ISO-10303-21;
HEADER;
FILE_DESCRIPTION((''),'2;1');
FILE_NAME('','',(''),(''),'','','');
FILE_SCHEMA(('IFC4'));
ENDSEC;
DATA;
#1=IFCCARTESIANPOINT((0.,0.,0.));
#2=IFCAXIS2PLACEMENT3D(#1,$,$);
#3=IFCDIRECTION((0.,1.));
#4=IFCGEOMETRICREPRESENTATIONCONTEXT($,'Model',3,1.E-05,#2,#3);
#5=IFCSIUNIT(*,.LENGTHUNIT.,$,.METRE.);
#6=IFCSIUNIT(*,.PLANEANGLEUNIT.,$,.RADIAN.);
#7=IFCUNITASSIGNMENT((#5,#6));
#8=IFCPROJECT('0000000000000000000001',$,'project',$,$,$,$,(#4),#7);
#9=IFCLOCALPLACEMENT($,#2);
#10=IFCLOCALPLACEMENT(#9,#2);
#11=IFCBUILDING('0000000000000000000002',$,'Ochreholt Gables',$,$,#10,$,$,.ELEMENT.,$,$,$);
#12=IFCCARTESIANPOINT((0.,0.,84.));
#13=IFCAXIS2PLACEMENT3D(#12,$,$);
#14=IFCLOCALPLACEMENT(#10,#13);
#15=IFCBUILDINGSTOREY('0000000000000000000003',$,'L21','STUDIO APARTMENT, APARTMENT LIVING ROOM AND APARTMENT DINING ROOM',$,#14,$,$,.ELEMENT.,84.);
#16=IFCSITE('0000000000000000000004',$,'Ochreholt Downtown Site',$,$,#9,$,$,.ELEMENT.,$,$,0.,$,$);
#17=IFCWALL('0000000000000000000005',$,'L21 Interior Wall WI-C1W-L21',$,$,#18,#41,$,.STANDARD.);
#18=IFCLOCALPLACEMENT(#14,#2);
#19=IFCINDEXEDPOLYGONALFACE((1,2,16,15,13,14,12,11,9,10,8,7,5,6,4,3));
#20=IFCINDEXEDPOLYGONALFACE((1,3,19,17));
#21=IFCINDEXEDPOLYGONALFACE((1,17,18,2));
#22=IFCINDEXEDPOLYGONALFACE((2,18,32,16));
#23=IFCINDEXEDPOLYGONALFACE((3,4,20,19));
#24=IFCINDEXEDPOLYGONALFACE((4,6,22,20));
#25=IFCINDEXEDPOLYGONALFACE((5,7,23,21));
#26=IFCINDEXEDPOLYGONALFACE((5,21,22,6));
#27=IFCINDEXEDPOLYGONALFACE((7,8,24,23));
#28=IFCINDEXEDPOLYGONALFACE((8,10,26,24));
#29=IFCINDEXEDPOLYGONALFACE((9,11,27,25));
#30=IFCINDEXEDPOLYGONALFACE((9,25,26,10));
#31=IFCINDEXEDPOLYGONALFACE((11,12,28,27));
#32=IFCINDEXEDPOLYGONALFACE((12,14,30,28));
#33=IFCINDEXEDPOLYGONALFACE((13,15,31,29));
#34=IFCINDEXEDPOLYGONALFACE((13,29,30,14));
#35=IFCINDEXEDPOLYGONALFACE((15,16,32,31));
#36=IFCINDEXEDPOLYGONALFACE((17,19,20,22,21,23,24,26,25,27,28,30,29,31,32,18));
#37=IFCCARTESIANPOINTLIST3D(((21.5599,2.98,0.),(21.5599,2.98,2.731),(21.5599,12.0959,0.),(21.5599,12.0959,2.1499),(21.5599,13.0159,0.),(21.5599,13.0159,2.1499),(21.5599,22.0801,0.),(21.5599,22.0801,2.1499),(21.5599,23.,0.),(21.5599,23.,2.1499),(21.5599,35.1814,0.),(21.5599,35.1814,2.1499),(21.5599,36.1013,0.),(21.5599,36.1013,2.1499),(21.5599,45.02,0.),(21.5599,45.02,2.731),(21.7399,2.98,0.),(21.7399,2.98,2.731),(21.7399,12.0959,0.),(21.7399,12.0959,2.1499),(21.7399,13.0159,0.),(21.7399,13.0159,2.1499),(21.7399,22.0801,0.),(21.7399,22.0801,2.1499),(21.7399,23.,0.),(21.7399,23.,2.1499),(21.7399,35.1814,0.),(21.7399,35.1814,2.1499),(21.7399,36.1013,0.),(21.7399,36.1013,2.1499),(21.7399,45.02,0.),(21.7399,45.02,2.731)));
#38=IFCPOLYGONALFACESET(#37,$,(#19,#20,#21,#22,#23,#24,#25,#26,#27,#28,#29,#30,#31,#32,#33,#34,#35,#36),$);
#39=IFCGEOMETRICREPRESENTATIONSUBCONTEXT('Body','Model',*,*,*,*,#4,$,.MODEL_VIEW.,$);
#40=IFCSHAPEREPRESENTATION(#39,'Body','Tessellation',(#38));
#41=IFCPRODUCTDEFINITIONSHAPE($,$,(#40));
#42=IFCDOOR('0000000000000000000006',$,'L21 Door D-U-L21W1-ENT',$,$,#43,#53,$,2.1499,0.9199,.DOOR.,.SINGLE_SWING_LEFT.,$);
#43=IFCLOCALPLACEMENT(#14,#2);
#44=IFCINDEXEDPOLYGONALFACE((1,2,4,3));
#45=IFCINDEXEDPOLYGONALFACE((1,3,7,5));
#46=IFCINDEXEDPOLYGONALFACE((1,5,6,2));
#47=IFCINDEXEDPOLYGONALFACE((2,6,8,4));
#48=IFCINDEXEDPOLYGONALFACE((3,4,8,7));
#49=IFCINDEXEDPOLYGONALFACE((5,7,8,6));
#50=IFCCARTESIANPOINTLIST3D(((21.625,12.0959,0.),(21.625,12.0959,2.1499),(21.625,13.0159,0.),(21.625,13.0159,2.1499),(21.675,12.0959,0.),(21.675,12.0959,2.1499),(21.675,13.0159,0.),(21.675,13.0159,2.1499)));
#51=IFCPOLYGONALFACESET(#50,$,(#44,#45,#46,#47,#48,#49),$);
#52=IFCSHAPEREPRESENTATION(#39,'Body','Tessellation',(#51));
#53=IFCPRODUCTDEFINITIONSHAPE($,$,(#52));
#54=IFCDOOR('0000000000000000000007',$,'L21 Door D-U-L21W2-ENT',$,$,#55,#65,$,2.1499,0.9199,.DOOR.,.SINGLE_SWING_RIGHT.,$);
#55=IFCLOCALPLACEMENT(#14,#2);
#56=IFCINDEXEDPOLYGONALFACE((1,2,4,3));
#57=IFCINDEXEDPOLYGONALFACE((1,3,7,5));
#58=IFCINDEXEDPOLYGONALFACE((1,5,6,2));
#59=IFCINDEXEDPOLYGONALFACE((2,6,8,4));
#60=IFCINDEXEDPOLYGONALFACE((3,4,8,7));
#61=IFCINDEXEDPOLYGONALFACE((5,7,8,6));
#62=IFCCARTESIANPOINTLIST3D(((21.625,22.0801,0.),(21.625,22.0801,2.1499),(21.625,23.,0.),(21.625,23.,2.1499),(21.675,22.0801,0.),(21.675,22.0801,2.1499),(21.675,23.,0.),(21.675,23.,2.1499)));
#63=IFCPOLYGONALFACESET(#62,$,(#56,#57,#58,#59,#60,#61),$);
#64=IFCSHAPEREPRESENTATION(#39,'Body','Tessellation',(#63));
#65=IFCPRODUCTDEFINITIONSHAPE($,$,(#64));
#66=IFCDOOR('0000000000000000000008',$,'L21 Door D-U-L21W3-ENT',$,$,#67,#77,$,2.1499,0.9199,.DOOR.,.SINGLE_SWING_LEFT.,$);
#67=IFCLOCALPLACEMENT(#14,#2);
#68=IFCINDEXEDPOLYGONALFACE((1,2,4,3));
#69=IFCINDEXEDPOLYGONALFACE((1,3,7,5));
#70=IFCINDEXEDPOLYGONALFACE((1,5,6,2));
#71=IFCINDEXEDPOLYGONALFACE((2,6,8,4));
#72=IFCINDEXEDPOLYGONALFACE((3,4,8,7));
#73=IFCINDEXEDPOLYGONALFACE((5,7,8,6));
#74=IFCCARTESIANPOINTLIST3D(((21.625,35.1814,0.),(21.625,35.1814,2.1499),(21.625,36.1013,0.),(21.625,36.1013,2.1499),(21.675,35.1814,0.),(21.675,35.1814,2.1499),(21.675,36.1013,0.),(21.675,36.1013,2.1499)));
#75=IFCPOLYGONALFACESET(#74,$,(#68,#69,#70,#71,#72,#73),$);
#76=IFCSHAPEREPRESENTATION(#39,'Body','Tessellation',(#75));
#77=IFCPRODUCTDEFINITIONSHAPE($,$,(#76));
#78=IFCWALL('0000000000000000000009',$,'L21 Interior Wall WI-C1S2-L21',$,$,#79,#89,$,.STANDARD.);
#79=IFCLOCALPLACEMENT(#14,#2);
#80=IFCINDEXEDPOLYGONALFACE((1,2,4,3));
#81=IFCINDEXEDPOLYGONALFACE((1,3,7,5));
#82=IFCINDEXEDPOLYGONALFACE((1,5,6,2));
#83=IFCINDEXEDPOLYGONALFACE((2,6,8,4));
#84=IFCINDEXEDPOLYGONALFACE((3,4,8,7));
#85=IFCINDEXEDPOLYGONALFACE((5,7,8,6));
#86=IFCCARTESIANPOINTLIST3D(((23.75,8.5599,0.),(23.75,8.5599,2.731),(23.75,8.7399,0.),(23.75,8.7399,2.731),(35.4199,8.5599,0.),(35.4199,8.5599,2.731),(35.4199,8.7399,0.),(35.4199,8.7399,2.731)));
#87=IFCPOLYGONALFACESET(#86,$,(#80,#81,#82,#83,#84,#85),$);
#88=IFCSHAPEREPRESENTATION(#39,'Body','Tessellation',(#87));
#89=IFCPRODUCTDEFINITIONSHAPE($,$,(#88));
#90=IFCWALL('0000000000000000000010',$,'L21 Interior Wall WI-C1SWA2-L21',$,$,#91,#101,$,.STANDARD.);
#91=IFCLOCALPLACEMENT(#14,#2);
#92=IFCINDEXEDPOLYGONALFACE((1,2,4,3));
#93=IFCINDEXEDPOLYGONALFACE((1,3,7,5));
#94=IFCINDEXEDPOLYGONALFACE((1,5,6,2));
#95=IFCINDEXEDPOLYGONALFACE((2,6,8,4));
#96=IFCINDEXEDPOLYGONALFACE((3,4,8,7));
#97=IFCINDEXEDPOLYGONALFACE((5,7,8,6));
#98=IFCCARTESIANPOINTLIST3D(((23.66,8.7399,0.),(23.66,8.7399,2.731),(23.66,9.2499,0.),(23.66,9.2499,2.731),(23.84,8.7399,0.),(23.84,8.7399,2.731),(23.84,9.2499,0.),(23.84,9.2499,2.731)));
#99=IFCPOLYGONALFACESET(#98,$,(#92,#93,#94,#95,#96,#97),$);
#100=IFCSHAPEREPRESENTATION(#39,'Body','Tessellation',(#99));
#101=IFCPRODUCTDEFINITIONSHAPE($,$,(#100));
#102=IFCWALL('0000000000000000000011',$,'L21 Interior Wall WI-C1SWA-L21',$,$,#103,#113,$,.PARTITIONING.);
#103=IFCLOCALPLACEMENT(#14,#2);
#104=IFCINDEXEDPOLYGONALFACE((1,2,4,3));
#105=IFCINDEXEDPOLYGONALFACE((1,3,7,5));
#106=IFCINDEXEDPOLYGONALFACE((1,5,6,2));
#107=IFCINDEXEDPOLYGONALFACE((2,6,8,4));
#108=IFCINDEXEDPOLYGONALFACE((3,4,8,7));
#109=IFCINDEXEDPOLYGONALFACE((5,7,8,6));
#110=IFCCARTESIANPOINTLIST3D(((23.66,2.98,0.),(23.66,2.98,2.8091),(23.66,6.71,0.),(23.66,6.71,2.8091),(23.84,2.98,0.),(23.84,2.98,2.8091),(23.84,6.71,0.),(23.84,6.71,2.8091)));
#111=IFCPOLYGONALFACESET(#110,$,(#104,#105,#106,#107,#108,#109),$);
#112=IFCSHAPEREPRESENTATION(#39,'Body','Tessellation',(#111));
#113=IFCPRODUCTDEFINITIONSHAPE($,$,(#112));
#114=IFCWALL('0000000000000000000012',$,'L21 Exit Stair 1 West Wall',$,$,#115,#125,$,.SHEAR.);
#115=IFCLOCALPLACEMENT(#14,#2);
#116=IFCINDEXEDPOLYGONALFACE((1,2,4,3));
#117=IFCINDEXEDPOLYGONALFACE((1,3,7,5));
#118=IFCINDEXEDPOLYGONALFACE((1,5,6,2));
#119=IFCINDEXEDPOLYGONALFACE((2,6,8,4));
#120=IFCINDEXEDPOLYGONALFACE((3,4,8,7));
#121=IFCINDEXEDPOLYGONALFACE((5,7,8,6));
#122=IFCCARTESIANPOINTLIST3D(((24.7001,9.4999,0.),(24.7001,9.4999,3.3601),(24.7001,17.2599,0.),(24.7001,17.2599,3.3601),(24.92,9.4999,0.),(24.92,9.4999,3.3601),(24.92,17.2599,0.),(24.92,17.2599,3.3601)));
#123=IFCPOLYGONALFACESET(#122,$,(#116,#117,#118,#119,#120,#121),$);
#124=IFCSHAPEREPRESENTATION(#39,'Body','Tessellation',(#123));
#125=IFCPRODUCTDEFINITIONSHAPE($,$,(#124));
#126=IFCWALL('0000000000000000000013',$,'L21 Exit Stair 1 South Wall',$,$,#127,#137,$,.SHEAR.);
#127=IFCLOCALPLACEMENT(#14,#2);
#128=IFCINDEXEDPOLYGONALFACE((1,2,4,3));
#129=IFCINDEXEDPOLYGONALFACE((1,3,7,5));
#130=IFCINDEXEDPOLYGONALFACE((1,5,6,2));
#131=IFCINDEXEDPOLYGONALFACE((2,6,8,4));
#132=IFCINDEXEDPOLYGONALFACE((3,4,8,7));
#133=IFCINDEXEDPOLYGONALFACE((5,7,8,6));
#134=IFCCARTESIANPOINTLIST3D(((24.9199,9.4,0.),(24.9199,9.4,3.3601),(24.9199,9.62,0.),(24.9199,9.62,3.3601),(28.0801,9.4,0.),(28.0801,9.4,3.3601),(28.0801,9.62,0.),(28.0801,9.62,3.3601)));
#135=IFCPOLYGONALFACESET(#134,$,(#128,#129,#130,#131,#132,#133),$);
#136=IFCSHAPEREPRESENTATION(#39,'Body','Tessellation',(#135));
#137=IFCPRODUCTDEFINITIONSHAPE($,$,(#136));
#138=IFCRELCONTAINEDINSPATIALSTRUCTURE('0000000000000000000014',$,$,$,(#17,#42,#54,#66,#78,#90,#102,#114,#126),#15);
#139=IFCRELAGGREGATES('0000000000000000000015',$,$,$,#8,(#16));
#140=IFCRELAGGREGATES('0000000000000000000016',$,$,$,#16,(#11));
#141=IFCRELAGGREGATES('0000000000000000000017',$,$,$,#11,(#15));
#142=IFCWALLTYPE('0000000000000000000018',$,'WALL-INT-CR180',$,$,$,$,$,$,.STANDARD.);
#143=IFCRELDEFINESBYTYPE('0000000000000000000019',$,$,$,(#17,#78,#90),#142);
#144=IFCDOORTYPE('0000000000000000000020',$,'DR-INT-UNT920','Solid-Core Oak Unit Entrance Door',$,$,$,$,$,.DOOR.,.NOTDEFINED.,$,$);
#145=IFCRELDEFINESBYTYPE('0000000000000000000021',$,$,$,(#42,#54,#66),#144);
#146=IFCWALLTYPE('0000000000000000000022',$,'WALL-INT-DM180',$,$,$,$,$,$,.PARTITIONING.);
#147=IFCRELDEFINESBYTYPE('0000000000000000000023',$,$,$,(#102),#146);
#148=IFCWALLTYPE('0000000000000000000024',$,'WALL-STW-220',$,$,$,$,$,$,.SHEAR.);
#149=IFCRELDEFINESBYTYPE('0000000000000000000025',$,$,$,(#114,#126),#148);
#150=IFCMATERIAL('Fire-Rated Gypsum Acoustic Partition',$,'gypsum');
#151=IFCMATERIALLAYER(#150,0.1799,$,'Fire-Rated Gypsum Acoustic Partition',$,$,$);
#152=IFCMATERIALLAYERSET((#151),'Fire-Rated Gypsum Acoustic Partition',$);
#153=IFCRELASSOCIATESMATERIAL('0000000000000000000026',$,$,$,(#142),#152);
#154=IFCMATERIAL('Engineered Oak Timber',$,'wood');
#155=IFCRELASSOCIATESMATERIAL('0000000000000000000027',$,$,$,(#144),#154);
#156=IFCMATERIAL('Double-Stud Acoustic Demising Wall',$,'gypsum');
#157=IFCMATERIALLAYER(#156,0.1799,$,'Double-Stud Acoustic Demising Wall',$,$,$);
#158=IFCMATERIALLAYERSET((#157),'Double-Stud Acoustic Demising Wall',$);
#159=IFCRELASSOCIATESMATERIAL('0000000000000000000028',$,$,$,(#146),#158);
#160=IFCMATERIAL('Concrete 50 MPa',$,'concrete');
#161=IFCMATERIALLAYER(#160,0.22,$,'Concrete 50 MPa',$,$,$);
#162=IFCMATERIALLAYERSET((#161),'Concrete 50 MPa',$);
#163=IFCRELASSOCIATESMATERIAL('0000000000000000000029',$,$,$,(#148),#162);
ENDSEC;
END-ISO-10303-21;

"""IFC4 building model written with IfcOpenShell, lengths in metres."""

from ifc_helpers import new_model, si_unit, direction, frame, frame_2d, origin, place, context, subcontext, project, spatial, rectangle, extrude, material, layer, layer_set, type_object, element, fill, save


model = new_model("IFC4")

# Units and contexts
model_context = context("Model", 3, precision=1e-05, world=origin(), true_north=direction((0.0, 1.0)))
body_context = subcontext(model_context, "Body", "Model", "MODEL_VIEW")
ifc_project = project(units=[si_unit("LENGTHUNIT", "METRE"), si_unit("PLANEANGLEUNIT", "RADIAN")], contexts=[model_context])

# Site, building, storey
site_placement = place(None, origin())
site = spatial("IfcSite", under=ifc_project, at=site_placement, Name="Ochreholt Downtown Site", CompositionType="ELEMENT", RefElevation=0.0)
building_placement = place(site_placement, origin())
building = spatial("IfcBuilding", under=site, at=building_placement, Name="Ochreholt Gables", CompositionType="ELEMENT")
storey_placement = place(building_placement, frame((0.0, 0.0, 84.0)))
storey = spatial("IfcBuildingStorey", under=building, at=storey_placement, Name="L21", Description="STUDIO APARTMENT, APARTMENT LIVING ROOM AND APARTMENT DINING ROOM", CompositionType="ELEMENT", Elevation=84.0)

# Wall, openings, doors
ifc_material_1 = material(Name="Fire-Rated Gypsum Acoustic Partition", Category="gypsum")
ifc_layer_1 = layer(ifc_material_1, 0.1799, Name="Fire-Rated Gypsum Acoustic Partition")
ifc_layer_set_1 = layer_set([ifc_layer_1], Name="Fire-Rated Gypsum Acoustic Partition")
wall_type_1 = type_object("IfcWallType", Name="WALL-INT-CR180", PredefinedType="STANDARD", material=ifc_layer_set_1)
wall_1_placement = place(storey_placement, frame((21.6499, 2.98, 0.0), z_axis=(0.0, 0.0, 1.0), x_axis=(0.0, 1.0, 0.0)))
wall_1 = element("IfcWall", 1, at=wall_1_placement, inside=storey, type_object=wall_type_1, Name="L21 Interior Wall WI-C1W-L21", PredefinedType="STANDARD", context=body_context, shape_type="SweptSolid", body=[
    extrude(rectangle(XDim=42.04, YDim=0.1799, at=frame_2d((21.02, 0.0))), origin(), (0.0, 0.0, 1.0), 2.731),
])
opening_1_placement = place(wall_1_placement, frame((9.116, 0.0, 0.0)))
opening_1 = element("IfcOpeningElement", 2, at=opening_1_placement, cuts=wall_1, PredefinedType="OPENING", context=body_context, shape_type="SweptSolid", body=[
    extrude(rectangle(XDim=0.9199, YDim=2.1499, at=frame_2d((0.46, 1.075))), frame((0.0, 0.0999, 0.0), z_axis=(0.0, -1.0, 0.0), x_axis=(1.0, 0.0, 0.0)), (0.0, 0.0, 1.0), 0.2),
])
opening_2_placement = place(wall_1_placement, frame((19.1001, 0.0, 0.0)))
opening_2 = element("IfcOpeningElement", 3, at=opening_2_placement, cuts=wall_1, PredefinedType="OPENING", context=body_context, shape_type="SweptSolid", body=[
    extrude(rectangle(XDim=0.9199, YDim=2.1499, at=frame_2d((0.46, 1.075))), frame((0.0, 0.0999, 0.0), z_axis=(0.0, -1.0, 0.0), x_axis=(1.0, 0.0, 0.0)), (0.0, 0.0, 1.0), 0.2),
])
opening_3_placement = place(wall_1_placement, frame((32.2014, 0.0, 0.0)))
opening_3 = element("IfcOpeningElement", 4, at=opening_3_placement, cuts=wall_1, PredefinedType="OPENING", context=body_context, shape_type="SweptSolid", body=[
    extrude(rectangle(XDim=0.9199, YDim=2.1499, at=frame_2d((0.46, 1.075))), frame((0.0, 0.0999, 0.0), z_axis=(0.0, -1.0, 0.0), x_axis=(1.0, 0.0, 0.0)), (0.0, 0.0, 1.0), 0.2),
])
ifc_material_2 = material(Name="Engineered Oak Timber", Category="wood")
door_type_1 = type_object("IfcDoorType", Name="DR-INT-UNT920", Description="Solid-Core Oak Unit Entrance Door", OperationType="NOTDEFINED", PredefinedType="DOOR", material=ifc_material_2)
door_1_placement = place(opening_1_placement, origin())
door_1 = element("IfcDoor", 5, at=door_1_placement, inside=storey, type_object=door_type_1, Name="L21 Door D-U-L21W1-ENT", OperationType="SINGLE_SWING_LEFT", OverallHeight=2.1499, OverallWidth=0.9199, PredefinedType="DOOR", context=body_context, shape_type="SweptSolid", body=[
    extrude(rectangle(XDim=0.9199, YDim=2.1499, at=frame_2d((0.46, 1.075))), frame((0.0, 0.0249, 0.0), z_axis=(0.0, -1.0, 0.0), x_axis=(1.0, 0.0, 0.0)), (0.0, 0.0, 1.0), 0.05),
])
fill(opening_1, door_1)
door_2_placement = place(opening_2_placement, origin())
door_2 = element("IfcDoor", 6, at=door_2_placement, inside=storey, type_object=door_type_1, Name="L21 Door D-U-L21W2-ENT", OperationType="SINGLE_SWING_RIGHT", OverallHeight=2.1499, OverallWidth=0.9199, PredefinedType="DOOR", context=body_context, shape_type="SweptSolid", body=[
    extrude(rectangle(XDim=0.9199, YDim=2.1499, at=frame_2d((0.46, 1.075))), frame((0.0, 0.0249, 0.0), z_axis=(0.0, -1.0, 0.0), x_axis=(1.0, 0.0, 0.0)), (0.0, 0.0, 1.0), 0.05),
])
fill(opening_2, door_2)
door_3_placement = place(opening_3_placement, origin())
door_3 = element("IfcDoor", 7, at=door_3_placement, inside=storey, type_object=door_type_1, Name="L21 Door D-U-L21W3-ENT", OperationType="SINGLE_SWING_LEFT", OverallHeight=2.1499, OverallWidth=0.9199, PredefinedType="DOOR", context=body_context, shape_type="SweptSolid", body=[
    extrude(rectangle(XDim=0.9199, YDim=2.1499, at=frame_2d((0.46, 1.075))), frame((0.0, 0.0249, 0.0), z_axis=(0.0, -1.0, 0.0), x_axis=(1.0, 0.0, 0.0)), (0.0, 0.0, 1.0), 0.05),
])
fill(opening_3, door_3)

# Walls
wall_2_placement = place(storey_placement, frame((23.75, 8.6499, 0.0), z_axis=(0.0, 0.0, 1.0), x_axis=(1.0, 0.0, 0.0)))
element("IfcWall", 8, at=wall_2_placement, inside=storey, type_object=wall_type_1, Name="L21 Interior Wall WI-C1S2-L21", PredefinedType="STANDARD", context=body_context, shape_type="SweptSolid", body=[
    extrude(rectangle(XDim=11.6699, YDim=0.1799, at=frame_2d((5.835, 0.0))), origin(), (0.0, 0.0, 1.0), 2.731),
])
wall_3_placement = place(storey_placement, frame((23.75, 8.74, 0.0), z_axis=(0.0, 0.0, 1.0), x_axis=(0.0, 1.0, 0.0)))
element("IfcWall", 9, at=wall_3_placement, inside=storey, type_object=wall_type_1, Name="L21 Interior Wall WI-C1SWA2-L21", PredefinedType="STANDARD", context=body_context, shape_type="SweptSolid", body=[
    extrude(rectangle(XDim=0.51, YDim=0.1799, at=frame_2d((0.2549, 0.0))), origin(), (0.0, 0.0, 1.0), 2.731),
])
ifc_material_3 = material(Name="Double-Stud Acoustic Demising Wall", Category="gypsum")
ifc_layer_2 = layer(ifc_material_3, 0.1799, Name="Double-Stud Acoustic Demising Wall")
ifc_layer_set_2 = layer_set([ifc_layer_2], Name="Double-Stud Acoustic Demising Wall")
wall_type_2 = type_object("IfcWallType", Name="WALL-INT-DM180", PredefinedType="PARTITIONING", material=ifc_layer_set_2)
wall_4_placement = place(storey_placement, frame((23.75, 2.98, 0.0), z_axis=(0.0, 0.0, 1.0), x_axis=(0.0, 1.0, 0.0)))
element("IfcWall", 10, at=wall_4_placement, inside=storey, type_object=wall_type_2, Name="L21 Interior Wall WI-C1SWA-L21", PredefinedType="PARTITIONING", context=body_context, shape_type="SweptSolid", body=[
    extrude(rectangle(XDim=3.73, YDim=0.1799, at=frame_2d((1.865, 0.0))), origin(), (0.0, 0.0, 1.0), 2.8091),
])
ifc_material_4 = material(Name="Concrete 50 MPa", Category="concrete")
ifc_layer_3 = layer(ifc_material_4, 0.22, Name="Concrete 50 MPa")
ifc_layer_set_3 = layer_set([ifc_layer_3], Name="Concrete 50 MPa")
wall_type_3 = type_object("IfcWallType", Name="WALL-STW-220", PredefinedType="SHEAR", material=ifc_layer_set_3)
wall_5_placement = place(storey_placement, frame((24.8101, 9.5, 0.0), z_axis=(0.0, 0.0, 1.0), x_axis=(0.0, 1.0, 0.0)))
element("IfcWall", 11, at=wall_5_placement, inside=storey, type_object=wall_type_3, Name="L21 Exit Stair 1 West Wall", PredefinedType="SHEAR", context=body_context, shape_type="SweptSolid", body=[
    extrude(rectangle(XDim=7.76, YDim=0.22, at=frame_2d((3.8799, 0.0))), origin(), (0.0, 0.0, 1.0), 3.3601),
])
wall_6_placement = place(storey_placement, frame((24.9199, 9.51, 0.0), z_axis=(0.0, 0.0, 1.0), x_axis=(1.0, 0.0, 0.0)))
element("IfcWall", 12, at=wall_6_placement, inside=storey, type_object=wall_type_3, Name="L21 Exit Stair 1 South Wall", PredefinedType="SHEAR", context=body_context, shape_type="SweptSolid", body=[
    extrude(rectangle(XDim=3.1602, YDim=0.22, at=frame_2d((1.5801, 0.0))), origin(), (0.0, 0.0, 1.0), 3.3601),
])

save(model, "model.ifc")
